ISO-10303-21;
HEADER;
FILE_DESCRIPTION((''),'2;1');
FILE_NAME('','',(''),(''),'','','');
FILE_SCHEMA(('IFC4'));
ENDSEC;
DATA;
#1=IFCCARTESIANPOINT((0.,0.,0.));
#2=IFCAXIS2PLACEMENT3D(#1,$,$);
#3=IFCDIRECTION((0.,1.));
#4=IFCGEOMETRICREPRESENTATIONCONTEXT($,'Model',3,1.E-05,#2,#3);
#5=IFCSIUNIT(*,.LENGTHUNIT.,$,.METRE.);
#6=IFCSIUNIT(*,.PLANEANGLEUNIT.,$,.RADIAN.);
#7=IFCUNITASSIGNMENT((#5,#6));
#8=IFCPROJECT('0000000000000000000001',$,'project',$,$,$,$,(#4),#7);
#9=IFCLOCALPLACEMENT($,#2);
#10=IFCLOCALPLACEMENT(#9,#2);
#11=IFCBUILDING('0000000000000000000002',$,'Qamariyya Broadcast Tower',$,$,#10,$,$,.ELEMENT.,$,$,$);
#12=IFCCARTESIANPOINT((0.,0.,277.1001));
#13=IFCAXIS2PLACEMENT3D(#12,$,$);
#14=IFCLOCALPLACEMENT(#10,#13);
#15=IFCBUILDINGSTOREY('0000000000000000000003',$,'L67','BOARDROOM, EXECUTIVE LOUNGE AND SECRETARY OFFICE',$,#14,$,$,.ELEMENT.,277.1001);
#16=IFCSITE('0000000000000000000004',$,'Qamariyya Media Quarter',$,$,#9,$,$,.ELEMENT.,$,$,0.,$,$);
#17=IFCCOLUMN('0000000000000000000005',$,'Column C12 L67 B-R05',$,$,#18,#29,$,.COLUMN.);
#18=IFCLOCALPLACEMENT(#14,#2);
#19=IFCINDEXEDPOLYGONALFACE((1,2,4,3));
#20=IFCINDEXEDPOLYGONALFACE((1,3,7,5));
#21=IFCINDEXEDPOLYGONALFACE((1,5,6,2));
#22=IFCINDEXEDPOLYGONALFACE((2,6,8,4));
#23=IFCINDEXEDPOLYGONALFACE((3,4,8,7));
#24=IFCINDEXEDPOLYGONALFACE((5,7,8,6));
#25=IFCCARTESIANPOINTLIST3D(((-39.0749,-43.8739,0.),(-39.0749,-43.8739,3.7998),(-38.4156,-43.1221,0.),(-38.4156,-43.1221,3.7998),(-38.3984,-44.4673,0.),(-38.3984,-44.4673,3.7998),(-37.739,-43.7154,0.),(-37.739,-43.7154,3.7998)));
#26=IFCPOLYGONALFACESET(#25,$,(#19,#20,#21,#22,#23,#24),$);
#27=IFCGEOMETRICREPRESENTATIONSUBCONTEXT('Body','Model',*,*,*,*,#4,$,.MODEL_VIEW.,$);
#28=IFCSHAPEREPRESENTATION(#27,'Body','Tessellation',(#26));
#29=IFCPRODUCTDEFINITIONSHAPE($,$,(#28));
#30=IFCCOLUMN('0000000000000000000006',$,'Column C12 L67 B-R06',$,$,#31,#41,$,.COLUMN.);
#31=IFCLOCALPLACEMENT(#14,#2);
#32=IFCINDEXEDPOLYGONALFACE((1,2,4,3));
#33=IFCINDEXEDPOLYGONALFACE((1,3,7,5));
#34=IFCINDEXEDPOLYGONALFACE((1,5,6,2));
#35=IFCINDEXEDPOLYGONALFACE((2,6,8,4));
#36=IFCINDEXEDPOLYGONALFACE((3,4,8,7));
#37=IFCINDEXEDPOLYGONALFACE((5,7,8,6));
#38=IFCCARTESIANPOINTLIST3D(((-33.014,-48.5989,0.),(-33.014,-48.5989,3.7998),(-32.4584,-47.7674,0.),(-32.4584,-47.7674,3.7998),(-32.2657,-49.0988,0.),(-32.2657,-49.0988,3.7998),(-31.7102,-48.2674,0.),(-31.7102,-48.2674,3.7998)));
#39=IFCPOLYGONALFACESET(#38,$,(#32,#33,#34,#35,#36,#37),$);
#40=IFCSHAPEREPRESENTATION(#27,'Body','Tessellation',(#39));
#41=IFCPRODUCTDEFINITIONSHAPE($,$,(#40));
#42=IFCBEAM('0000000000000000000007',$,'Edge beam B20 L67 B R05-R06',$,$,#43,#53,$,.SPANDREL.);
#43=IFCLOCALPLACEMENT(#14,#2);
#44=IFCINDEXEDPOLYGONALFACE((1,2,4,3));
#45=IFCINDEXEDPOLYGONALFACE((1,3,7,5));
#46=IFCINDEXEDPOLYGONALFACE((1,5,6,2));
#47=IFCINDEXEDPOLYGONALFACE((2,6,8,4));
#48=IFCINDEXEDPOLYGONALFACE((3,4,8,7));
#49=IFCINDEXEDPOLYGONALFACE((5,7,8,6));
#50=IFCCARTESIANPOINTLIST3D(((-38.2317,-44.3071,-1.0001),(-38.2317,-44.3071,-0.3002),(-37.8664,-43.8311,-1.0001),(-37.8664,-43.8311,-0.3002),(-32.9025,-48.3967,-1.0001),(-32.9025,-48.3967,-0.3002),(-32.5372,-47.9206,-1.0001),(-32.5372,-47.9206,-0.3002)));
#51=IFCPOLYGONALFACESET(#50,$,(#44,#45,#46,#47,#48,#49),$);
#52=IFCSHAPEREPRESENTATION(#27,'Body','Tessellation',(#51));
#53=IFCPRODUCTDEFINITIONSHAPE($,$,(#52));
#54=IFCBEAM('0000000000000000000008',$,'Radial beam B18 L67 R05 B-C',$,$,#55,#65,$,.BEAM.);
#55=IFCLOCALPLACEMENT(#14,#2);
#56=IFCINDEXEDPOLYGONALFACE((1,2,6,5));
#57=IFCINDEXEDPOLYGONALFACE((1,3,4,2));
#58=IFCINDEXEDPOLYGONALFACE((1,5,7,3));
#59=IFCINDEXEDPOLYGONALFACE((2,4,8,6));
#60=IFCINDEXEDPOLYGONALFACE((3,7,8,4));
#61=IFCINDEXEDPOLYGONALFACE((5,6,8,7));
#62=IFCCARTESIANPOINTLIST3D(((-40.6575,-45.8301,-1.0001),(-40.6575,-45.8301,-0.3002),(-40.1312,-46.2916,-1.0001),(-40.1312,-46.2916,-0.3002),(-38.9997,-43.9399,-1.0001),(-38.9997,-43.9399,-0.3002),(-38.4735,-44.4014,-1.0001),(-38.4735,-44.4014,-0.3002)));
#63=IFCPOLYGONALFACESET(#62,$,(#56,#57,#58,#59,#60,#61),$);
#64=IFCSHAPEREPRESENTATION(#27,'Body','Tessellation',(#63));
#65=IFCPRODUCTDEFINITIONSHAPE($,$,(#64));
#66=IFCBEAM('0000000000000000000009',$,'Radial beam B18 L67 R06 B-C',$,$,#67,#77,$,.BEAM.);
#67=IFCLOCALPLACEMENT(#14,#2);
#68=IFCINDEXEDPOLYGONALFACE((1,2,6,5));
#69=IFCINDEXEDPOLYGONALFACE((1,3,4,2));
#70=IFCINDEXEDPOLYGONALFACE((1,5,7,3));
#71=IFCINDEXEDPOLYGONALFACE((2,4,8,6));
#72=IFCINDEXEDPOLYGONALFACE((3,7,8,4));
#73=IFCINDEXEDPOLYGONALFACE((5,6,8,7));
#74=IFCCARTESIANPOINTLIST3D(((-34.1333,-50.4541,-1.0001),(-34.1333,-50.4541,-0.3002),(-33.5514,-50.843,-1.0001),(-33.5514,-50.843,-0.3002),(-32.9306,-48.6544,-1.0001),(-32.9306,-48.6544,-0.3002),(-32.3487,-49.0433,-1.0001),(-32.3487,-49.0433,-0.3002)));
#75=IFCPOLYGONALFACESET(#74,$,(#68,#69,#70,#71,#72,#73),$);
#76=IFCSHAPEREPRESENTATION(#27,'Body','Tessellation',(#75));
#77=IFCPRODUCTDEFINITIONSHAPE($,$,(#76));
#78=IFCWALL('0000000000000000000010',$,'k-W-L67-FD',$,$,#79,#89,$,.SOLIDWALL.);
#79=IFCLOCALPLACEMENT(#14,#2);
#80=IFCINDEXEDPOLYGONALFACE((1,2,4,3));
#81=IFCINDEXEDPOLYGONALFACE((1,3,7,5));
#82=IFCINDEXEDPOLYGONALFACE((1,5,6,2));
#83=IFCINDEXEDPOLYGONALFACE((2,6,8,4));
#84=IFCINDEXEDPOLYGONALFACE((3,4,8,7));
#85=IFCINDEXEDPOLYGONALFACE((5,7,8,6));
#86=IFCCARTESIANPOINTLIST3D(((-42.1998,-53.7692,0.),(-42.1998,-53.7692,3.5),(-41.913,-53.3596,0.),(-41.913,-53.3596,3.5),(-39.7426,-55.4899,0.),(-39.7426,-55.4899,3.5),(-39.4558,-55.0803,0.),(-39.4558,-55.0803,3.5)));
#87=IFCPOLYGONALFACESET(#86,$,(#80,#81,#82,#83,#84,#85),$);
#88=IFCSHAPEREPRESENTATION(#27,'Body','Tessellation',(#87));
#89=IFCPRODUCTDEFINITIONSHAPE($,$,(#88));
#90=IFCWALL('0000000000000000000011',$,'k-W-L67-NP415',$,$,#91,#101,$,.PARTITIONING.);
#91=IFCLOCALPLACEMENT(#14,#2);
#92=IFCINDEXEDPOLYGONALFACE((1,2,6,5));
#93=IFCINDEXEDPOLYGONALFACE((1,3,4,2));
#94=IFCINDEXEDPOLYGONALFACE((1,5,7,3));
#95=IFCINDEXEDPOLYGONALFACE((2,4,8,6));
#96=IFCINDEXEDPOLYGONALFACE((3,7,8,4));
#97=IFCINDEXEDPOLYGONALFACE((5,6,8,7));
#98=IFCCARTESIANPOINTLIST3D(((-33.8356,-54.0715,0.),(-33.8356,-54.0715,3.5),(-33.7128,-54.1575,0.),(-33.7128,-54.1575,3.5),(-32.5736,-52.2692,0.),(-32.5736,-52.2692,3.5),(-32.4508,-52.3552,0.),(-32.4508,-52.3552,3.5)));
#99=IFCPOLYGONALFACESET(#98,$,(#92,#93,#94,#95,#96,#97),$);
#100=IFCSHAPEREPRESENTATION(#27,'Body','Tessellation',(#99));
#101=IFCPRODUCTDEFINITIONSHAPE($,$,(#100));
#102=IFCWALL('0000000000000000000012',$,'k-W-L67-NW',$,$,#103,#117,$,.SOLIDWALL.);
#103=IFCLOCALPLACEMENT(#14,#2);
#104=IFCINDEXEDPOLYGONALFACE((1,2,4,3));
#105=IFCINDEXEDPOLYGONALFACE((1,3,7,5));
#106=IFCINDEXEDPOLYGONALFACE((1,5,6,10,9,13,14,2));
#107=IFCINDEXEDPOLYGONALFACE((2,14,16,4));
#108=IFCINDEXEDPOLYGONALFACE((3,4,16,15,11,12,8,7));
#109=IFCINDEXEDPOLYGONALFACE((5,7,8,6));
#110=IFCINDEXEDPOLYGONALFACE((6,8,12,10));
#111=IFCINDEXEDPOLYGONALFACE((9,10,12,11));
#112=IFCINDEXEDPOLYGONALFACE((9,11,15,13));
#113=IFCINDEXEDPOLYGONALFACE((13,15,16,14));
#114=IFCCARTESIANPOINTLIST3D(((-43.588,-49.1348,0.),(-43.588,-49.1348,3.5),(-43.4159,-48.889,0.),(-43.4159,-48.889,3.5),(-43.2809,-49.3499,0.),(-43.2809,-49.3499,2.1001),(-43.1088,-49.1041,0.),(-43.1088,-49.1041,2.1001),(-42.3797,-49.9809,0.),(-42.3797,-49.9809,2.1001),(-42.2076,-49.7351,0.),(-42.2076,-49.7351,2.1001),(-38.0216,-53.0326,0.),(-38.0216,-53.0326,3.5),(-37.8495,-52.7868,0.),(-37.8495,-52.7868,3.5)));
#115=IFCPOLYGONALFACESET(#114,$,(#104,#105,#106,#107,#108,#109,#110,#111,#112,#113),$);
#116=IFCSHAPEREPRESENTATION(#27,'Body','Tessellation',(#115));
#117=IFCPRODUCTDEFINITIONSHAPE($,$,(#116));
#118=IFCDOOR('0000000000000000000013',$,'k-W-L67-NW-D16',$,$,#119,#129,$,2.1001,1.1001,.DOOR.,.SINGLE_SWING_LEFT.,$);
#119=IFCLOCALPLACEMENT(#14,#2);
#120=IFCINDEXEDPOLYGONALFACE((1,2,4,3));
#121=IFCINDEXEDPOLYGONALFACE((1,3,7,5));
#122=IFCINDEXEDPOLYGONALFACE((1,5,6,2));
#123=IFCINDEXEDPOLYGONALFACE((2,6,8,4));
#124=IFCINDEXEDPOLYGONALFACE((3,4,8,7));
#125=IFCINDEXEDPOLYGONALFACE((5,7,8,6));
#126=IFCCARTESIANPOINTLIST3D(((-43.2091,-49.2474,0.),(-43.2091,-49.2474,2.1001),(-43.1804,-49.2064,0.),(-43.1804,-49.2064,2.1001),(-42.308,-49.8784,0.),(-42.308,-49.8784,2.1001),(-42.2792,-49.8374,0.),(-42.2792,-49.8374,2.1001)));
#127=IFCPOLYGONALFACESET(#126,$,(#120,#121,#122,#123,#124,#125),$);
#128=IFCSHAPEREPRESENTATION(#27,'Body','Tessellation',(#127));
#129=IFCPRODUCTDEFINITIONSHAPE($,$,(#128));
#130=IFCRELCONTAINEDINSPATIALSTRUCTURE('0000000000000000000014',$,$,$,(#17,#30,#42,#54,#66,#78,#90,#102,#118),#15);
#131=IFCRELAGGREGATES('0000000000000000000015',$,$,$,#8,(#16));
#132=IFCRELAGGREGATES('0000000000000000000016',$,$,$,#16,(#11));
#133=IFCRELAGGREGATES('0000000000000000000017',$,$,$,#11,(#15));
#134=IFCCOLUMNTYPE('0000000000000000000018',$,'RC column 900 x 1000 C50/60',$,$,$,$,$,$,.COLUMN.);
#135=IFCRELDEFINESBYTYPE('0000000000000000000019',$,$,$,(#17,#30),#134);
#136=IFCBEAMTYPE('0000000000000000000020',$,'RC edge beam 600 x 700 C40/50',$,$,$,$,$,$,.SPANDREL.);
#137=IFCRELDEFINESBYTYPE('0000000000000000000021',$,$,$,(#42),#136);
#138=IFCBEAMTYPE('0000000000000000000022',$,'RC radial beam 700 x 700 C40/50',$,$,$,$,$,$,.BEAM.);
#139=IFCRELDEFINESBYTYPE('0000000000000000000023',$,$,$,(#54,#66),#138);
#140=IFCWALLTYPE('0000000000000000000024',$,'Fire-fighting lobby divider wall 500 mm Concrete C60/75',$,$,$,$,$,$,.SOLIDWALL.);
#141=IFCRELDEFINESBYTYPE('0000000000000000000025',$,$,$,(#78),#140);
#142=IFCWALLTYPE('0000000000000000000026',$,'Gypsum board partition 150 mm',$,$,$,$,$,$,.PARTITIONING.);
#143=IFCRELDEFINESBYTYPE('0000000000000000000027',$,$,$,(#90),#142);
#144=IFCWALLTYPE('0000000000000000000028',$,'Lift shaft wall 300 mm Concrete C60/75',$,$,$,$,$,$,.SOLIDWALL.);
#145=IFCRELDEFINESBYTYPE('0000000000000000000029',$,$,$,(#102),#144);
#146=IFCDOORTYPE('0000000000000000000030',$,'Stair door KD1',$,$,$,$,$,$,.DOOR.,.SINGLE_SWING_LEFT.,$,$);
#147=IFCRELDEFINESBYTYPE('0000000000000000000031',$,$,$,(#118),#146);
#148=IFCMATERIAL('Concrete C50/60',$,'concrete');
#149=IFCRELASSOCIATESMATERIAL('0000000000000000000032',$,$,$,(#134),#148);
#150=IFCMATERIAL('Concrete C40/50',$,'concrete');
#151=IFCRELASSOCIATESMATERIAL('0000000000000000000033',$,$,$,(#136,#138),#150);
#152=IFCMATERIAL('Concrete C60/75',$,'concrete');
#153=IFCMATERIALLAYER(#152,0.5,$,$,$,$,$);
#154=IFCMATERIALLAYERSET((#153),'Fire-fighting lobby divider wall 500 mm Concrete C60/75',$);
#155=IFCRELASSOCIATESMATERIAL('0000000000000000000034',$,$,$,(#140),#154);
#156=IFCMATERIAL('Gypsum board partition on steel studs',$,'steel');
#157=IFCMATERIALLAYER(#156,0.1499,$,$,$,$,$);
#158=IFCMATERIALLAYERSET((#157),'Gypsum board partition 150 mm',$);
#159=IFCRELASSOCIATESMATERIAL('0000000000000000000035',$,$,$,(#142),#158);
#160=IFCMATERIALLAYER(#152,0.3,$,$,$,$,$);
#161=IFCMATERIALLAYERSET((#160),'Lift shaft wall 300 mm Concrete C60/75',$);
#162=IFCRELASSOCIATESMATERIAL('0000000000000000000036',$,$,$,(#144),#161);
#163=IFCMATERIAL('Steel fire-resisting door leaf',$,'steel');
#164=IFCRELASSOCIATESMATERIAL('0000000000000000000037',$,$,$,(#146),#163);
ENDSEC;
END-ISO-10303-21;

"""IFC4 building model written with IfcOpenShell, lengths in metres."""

from ifc_helpers import new_model, si_unit, direction, frame, frame_2d, origin, origin_2d, place, context, subcontext, project, spatial, rectangle, extrude, material, layer, layer_set, material_profile, profile_set, type_object, element, fill, save


model = new_model("IFC4")

# Units and contexts
model_context = context("Model", 3, precision=1e-05, world=origin(), true_north=direction((0.0, 1.0)))
body_context = subcontext(model_context, "Body", "Model", "MODEL_VIEW")
ifc_project = project(units=[si_unit("LENGTHUNIT", "METRE"), si_unit("PLANEANGLEUNIT", "RADIAN")], contexts=[model_context])

# Site, building, storey
site_placement = place(None, origin())
site = spatial("IfcSite", under=ifc_project, at=site_placement, Name="Qamariyya Media Quarter", CompositionType="ELEMENT", RefElevation=0.0)
building_placement = place(site_placement, origin())
building = spatial("IfcBuilding", under=site, at=building_placement, Name="Qamariyya Broadcast Tower", CompositionType="ELEMENT")
storey_placement = place(building_placement, frame((0.0, 0.0, 277.1001)))
storey = spatial("IfcBuildingStorey", under=building, at=storey_placement, Name="L67", Description="BOARDROOM, EXECUTIVE LOUNGE AND SECRETARY OFFICE", CompositionType="ELEMENT", Elevation=277.1001)

# Columns
ifc_material_1 = material(Name="Concrete C50/60", Category="concrete")
ifc_material_profile_1 = material_profile(ifc_material_1, rectangle(XDim=0.8999, YDim=1.0, at=origin_2d()))
ifc_profile_set_1 = profile_set([ifc_material_profile_1], Name="Concrete C50/60")
column_type = type_object("IfcColumnType", Name="RC column 900 x 1000 C50/60", PredefinedType="COLUMN", material=ifc_profile_set_1)
for number, where, z_axis, x_axis, name in (
    (1, (-38.407, -43.7947, 0.0), (0.0, 0.0, 1.0), (0.75184, -0.659346, 0.0), "Column C12 L67 B-R05"),
    (2, (-32.3621, -48.4331, 0.0), (0.0, 0.0, 1.0), (0.83147, -0.55557, 0.0), "Column C12 L67 B-R06"),
):
    element("IfcColumn", number, at=place(storey_placement, frame(where, z_axis=z_axis, x_axis=x_axis)), inside=storey, type_object=column_type, Name=name, PredefinedType="COLUMN", context=body_context, shape_type="SweptSolid", body=[
        extrude(rectangle(XDim=0.8999, YDim=1.0, at=origin_2d()), origin(), (0.0, 0.0, 1.0), 3.7998),
    ])

# Beams
ifc_material_2 = material(Name="Concrete C40/50", Category="concrete")
ifc_material_profile_2 = material_profile(ifc_material_2, rectangle(XDim=0.6001, YDim=0.7, at=origin_2d()))
ifc_profile_set_2 = profile_set([ifc_material_profile_2], Name="Concrete C40/50")
beam_type_1 = type_object("IfcBeamType", Name="RC edge beam 600 x 700 C40/50", PredefinedType="SPANDREL", material=ifc_profile_set_2)
beam_1_placement = place(storey_placement, frame((-38.0491, -44.0691, -0.6501), z_axis=(0.793335, -0.608785, 0.0), x_axis=(0.608785, 0.793335, 0.0)))
element("IfcBeam", 3, at=beam_1_placement, inside=storey, type_object=beam_type_1, Name="Edge beam B20 L67 B R05-R06", PredefinedType="SPANDREL", context=body_context, shape_type="SweptSolid", body=[
    extrude(rectangle(XDim=0.6001, YDim=0.7, at=origin_2d()), origin(), (0.0, 0.0, 1.0), 6.7175),
])
ifc_material_profile_3 = material_profile(ifc_material_2, rectangle(XDim=0.7, YDim=0.7, at=origin_2d()))
ifc_profile_set_3 = profile_set([ifc_material_profile_3], Name="Concrete C40/50")
beam_type_2 = type_object("IfcBeamType", Name="RC radial beam 700 x 700 C40/50", PredefinedType="BEAM", material=ifc_profile_set_3)
beam_2_placement = place(storey_placement, frame((-38.7366, -44.1707, -0.6501), z_axis=(-0.65937, -0.751818, 0.0), x_axis=(0.751818, -0.65937, 0.0)))
element("IfcBeam", 4, at=beam_2_placement, inside=storey, type_object=beam_type_2, Name="Radial beam B18 L67 R05 B-C", PredefinedType="BEAM", context=body_context, shape_type="SweptSolid", body=[
    extrude(rectangle(XDim=0.7, YDim=0.7, at=origin_2d()), origin(), (0.0, 0.0, 1.0), 2.5142),
])
beam_3_placement = place(storey_placement, frame((-32.6396, -48.8489, -0.6501), z_axis=(-0.555637, -0.831425, 0.0), x_axis=(0.831425, -0.555637, 0.0)))
element("IfcBeam", 5, at=beam_3_placement, inside=storey, type_object=beam_type_2, Name="Radial beam B18 L67 R06 B-C", PredefinedType="BEAM", context=body_context, shape_type="SweptSolid", body=[
    extrude(rectangle(XDim=0.7, YDim=0.7, at=origin_2d()), origin(), (0.0, 0.0, 1.0), 2.1646),
])

# Walls
ifc_material_3 = material(Name="Concrete C60/75", Category="concrete")
ifc_layer_1 = layer(ifc_material_3, 0.5)
ifc_layer_set_1 = layer_set([ifc_layer_1], Name="Fire-fighting lobby divider wall 500 mm Concrete C60/75")
wall_type_1 = type_object("IfcWallType", Name="Fire-fighting lobby divider wall 500 mm Concrete C60/75", PredefinedType="SOLIDWALL", material=ifc_layer_set_1)
wall_1_placement = place(storey_placement, frame((-39.5991, -55.2852, 0.0), z_axis=(0.0, 0.0, 1.0), x_axis=(-0.819136, 0.573599, 0.0)))
element("IfcWall", 6, at=wall_1_placement, inside=storey, type_object=wall_type_1, Name="k-W-L67-FD", PredefinedType="SOLIDWALL", context=body_context, shape_type="SweptSolid", body=[
    extrude(rectangle(XDim=2.9998, YDim=0.5, at=frame_2d((1.5, 0.0))), origin(), (0.0, 0.0, 1.0), 3.5),
])
ifc_material_4 = material(Name="Gypsum board partition on steel studs", Category="steel")
ifc_layer_2 = layer(ifc_material_4, 0.1499)
ifc_layer_set_2 = layer_set([ifc_layer_2], Name="Gypsum board partition 150 mm")
wall_type_2 = type_object("IfcWallType", Name="Gypsum board partition 150 mm", PredefinedType="PARTITIONING", material=ifc_layer_set_2)
wall_2_placement = place(storey_placement, frame((-33.7742, -54.1145, 0.0), z_axis=(0.0, 0.0, 1.0), x_axis=(0.573581, 0.819149, 0.0)))
element("IfcWall", 7, at=wall_2_placement, inside=storey, type_object=wall_type_2, Name="k-W-L67-NP415", PredefinedType="PARTITIONING", context=body_context, shape_type="SweptSolid", body=[
    extrude(rectangle(XDim=2.2002, YDim=0.1499, at=frame_2d((1.1001, 0.0))), origin(), (0.0, 0.0, 1.0), 3.5),
])

# Wall, opening, door
ifc_layer_3 = layer(ifc_material_3, 0.3)
ifc_layer_set_3 = layer_set([ifc_layer_3], Name="Lift shaft wall 300 mm Concrete C60/75")
wall_type_3 = type_object("IfcWallType", Name="Lift shaft wall 300 mm Concrete C60/75", PredefinedType="SOLIDWALL", material=ifc_layer_set_3)
wall_3_placement = place(storey_placement, frame((-37.9355, -52.9097, 0.0), z_axis=(0.0, 0.0, 1.0), x_axis=(-0.819148, 0.573583, 0.0)))
wall_3 = element("IfcWall", 8, at=wall_3_placement, inside=storey, type_object=wall_type_3, Name="k-W-L67-NW", PredefinedType="SOLIDWALL", context=body_context, shape_type="SweptSolid", body=[
    extrude(rectangle(XDim=6.7954, YDim=0.3, at=frame_2d((3.3977, 0.0))), origin(), (0.0, 0.0, 1.0), 3.5),
])
opening_1_placement = place(wall_3_placement, frame((5.3203, 0.0, 0.0)))
opening_1 = element("IfcOpeningElement", 9, at=opening_1_placement, cuts=wall_3, PredefinedType="OPENING", context=body_context, shape_type="SweptSolid", body=[
    extrude(rectangle(XDim=1.1001, YDim=2.1001, at=frame_2d((0.55, 1.05))), frame((0.0, 0.1599, 0.0), z_axis=(0.0, -1.0, 0.0), x_axis=(1.0, 0.0, 0.0)), (0.0, 0.0, 1.0), 0.3201),
])
ifc_material_5 = material(Name="Steel fire-resisting door leaf", Category="steel")
door_type = type_object("IfcDoorType", Name="Stair door KD1", OperationType="SINGLE_SWING_LEFT", PredefinedType="DOOR", material=ifc_material_5)
door_placement = place(opening_1_placement, origin())
door = element("IfcDoor", 10, at=door_placement, inside=storey, type_object=door_type, Name="k-W-L67-NW-D16", OperationType="SINGLE_SWING_LEFT", OverallHeight=2.1001, OverallWidth=1.1001, PredefinedType="DOOR", context=body_context, shape_type="SweptSolid", body=[
    extrude(rectangle(XDim=1.1001, YDim=2.1001, at=frame_2d((0.55, 1.05))), frame((0.0, 0.0249, 0.0), z_axis=(0.0, -1.0, 0.0), x_axis=(1.0, 0.0, 0.0)), (0.0, 0.0, 1.0), 0.05),
])
fill(opening_1, door)

save(model, "model.ifc")
